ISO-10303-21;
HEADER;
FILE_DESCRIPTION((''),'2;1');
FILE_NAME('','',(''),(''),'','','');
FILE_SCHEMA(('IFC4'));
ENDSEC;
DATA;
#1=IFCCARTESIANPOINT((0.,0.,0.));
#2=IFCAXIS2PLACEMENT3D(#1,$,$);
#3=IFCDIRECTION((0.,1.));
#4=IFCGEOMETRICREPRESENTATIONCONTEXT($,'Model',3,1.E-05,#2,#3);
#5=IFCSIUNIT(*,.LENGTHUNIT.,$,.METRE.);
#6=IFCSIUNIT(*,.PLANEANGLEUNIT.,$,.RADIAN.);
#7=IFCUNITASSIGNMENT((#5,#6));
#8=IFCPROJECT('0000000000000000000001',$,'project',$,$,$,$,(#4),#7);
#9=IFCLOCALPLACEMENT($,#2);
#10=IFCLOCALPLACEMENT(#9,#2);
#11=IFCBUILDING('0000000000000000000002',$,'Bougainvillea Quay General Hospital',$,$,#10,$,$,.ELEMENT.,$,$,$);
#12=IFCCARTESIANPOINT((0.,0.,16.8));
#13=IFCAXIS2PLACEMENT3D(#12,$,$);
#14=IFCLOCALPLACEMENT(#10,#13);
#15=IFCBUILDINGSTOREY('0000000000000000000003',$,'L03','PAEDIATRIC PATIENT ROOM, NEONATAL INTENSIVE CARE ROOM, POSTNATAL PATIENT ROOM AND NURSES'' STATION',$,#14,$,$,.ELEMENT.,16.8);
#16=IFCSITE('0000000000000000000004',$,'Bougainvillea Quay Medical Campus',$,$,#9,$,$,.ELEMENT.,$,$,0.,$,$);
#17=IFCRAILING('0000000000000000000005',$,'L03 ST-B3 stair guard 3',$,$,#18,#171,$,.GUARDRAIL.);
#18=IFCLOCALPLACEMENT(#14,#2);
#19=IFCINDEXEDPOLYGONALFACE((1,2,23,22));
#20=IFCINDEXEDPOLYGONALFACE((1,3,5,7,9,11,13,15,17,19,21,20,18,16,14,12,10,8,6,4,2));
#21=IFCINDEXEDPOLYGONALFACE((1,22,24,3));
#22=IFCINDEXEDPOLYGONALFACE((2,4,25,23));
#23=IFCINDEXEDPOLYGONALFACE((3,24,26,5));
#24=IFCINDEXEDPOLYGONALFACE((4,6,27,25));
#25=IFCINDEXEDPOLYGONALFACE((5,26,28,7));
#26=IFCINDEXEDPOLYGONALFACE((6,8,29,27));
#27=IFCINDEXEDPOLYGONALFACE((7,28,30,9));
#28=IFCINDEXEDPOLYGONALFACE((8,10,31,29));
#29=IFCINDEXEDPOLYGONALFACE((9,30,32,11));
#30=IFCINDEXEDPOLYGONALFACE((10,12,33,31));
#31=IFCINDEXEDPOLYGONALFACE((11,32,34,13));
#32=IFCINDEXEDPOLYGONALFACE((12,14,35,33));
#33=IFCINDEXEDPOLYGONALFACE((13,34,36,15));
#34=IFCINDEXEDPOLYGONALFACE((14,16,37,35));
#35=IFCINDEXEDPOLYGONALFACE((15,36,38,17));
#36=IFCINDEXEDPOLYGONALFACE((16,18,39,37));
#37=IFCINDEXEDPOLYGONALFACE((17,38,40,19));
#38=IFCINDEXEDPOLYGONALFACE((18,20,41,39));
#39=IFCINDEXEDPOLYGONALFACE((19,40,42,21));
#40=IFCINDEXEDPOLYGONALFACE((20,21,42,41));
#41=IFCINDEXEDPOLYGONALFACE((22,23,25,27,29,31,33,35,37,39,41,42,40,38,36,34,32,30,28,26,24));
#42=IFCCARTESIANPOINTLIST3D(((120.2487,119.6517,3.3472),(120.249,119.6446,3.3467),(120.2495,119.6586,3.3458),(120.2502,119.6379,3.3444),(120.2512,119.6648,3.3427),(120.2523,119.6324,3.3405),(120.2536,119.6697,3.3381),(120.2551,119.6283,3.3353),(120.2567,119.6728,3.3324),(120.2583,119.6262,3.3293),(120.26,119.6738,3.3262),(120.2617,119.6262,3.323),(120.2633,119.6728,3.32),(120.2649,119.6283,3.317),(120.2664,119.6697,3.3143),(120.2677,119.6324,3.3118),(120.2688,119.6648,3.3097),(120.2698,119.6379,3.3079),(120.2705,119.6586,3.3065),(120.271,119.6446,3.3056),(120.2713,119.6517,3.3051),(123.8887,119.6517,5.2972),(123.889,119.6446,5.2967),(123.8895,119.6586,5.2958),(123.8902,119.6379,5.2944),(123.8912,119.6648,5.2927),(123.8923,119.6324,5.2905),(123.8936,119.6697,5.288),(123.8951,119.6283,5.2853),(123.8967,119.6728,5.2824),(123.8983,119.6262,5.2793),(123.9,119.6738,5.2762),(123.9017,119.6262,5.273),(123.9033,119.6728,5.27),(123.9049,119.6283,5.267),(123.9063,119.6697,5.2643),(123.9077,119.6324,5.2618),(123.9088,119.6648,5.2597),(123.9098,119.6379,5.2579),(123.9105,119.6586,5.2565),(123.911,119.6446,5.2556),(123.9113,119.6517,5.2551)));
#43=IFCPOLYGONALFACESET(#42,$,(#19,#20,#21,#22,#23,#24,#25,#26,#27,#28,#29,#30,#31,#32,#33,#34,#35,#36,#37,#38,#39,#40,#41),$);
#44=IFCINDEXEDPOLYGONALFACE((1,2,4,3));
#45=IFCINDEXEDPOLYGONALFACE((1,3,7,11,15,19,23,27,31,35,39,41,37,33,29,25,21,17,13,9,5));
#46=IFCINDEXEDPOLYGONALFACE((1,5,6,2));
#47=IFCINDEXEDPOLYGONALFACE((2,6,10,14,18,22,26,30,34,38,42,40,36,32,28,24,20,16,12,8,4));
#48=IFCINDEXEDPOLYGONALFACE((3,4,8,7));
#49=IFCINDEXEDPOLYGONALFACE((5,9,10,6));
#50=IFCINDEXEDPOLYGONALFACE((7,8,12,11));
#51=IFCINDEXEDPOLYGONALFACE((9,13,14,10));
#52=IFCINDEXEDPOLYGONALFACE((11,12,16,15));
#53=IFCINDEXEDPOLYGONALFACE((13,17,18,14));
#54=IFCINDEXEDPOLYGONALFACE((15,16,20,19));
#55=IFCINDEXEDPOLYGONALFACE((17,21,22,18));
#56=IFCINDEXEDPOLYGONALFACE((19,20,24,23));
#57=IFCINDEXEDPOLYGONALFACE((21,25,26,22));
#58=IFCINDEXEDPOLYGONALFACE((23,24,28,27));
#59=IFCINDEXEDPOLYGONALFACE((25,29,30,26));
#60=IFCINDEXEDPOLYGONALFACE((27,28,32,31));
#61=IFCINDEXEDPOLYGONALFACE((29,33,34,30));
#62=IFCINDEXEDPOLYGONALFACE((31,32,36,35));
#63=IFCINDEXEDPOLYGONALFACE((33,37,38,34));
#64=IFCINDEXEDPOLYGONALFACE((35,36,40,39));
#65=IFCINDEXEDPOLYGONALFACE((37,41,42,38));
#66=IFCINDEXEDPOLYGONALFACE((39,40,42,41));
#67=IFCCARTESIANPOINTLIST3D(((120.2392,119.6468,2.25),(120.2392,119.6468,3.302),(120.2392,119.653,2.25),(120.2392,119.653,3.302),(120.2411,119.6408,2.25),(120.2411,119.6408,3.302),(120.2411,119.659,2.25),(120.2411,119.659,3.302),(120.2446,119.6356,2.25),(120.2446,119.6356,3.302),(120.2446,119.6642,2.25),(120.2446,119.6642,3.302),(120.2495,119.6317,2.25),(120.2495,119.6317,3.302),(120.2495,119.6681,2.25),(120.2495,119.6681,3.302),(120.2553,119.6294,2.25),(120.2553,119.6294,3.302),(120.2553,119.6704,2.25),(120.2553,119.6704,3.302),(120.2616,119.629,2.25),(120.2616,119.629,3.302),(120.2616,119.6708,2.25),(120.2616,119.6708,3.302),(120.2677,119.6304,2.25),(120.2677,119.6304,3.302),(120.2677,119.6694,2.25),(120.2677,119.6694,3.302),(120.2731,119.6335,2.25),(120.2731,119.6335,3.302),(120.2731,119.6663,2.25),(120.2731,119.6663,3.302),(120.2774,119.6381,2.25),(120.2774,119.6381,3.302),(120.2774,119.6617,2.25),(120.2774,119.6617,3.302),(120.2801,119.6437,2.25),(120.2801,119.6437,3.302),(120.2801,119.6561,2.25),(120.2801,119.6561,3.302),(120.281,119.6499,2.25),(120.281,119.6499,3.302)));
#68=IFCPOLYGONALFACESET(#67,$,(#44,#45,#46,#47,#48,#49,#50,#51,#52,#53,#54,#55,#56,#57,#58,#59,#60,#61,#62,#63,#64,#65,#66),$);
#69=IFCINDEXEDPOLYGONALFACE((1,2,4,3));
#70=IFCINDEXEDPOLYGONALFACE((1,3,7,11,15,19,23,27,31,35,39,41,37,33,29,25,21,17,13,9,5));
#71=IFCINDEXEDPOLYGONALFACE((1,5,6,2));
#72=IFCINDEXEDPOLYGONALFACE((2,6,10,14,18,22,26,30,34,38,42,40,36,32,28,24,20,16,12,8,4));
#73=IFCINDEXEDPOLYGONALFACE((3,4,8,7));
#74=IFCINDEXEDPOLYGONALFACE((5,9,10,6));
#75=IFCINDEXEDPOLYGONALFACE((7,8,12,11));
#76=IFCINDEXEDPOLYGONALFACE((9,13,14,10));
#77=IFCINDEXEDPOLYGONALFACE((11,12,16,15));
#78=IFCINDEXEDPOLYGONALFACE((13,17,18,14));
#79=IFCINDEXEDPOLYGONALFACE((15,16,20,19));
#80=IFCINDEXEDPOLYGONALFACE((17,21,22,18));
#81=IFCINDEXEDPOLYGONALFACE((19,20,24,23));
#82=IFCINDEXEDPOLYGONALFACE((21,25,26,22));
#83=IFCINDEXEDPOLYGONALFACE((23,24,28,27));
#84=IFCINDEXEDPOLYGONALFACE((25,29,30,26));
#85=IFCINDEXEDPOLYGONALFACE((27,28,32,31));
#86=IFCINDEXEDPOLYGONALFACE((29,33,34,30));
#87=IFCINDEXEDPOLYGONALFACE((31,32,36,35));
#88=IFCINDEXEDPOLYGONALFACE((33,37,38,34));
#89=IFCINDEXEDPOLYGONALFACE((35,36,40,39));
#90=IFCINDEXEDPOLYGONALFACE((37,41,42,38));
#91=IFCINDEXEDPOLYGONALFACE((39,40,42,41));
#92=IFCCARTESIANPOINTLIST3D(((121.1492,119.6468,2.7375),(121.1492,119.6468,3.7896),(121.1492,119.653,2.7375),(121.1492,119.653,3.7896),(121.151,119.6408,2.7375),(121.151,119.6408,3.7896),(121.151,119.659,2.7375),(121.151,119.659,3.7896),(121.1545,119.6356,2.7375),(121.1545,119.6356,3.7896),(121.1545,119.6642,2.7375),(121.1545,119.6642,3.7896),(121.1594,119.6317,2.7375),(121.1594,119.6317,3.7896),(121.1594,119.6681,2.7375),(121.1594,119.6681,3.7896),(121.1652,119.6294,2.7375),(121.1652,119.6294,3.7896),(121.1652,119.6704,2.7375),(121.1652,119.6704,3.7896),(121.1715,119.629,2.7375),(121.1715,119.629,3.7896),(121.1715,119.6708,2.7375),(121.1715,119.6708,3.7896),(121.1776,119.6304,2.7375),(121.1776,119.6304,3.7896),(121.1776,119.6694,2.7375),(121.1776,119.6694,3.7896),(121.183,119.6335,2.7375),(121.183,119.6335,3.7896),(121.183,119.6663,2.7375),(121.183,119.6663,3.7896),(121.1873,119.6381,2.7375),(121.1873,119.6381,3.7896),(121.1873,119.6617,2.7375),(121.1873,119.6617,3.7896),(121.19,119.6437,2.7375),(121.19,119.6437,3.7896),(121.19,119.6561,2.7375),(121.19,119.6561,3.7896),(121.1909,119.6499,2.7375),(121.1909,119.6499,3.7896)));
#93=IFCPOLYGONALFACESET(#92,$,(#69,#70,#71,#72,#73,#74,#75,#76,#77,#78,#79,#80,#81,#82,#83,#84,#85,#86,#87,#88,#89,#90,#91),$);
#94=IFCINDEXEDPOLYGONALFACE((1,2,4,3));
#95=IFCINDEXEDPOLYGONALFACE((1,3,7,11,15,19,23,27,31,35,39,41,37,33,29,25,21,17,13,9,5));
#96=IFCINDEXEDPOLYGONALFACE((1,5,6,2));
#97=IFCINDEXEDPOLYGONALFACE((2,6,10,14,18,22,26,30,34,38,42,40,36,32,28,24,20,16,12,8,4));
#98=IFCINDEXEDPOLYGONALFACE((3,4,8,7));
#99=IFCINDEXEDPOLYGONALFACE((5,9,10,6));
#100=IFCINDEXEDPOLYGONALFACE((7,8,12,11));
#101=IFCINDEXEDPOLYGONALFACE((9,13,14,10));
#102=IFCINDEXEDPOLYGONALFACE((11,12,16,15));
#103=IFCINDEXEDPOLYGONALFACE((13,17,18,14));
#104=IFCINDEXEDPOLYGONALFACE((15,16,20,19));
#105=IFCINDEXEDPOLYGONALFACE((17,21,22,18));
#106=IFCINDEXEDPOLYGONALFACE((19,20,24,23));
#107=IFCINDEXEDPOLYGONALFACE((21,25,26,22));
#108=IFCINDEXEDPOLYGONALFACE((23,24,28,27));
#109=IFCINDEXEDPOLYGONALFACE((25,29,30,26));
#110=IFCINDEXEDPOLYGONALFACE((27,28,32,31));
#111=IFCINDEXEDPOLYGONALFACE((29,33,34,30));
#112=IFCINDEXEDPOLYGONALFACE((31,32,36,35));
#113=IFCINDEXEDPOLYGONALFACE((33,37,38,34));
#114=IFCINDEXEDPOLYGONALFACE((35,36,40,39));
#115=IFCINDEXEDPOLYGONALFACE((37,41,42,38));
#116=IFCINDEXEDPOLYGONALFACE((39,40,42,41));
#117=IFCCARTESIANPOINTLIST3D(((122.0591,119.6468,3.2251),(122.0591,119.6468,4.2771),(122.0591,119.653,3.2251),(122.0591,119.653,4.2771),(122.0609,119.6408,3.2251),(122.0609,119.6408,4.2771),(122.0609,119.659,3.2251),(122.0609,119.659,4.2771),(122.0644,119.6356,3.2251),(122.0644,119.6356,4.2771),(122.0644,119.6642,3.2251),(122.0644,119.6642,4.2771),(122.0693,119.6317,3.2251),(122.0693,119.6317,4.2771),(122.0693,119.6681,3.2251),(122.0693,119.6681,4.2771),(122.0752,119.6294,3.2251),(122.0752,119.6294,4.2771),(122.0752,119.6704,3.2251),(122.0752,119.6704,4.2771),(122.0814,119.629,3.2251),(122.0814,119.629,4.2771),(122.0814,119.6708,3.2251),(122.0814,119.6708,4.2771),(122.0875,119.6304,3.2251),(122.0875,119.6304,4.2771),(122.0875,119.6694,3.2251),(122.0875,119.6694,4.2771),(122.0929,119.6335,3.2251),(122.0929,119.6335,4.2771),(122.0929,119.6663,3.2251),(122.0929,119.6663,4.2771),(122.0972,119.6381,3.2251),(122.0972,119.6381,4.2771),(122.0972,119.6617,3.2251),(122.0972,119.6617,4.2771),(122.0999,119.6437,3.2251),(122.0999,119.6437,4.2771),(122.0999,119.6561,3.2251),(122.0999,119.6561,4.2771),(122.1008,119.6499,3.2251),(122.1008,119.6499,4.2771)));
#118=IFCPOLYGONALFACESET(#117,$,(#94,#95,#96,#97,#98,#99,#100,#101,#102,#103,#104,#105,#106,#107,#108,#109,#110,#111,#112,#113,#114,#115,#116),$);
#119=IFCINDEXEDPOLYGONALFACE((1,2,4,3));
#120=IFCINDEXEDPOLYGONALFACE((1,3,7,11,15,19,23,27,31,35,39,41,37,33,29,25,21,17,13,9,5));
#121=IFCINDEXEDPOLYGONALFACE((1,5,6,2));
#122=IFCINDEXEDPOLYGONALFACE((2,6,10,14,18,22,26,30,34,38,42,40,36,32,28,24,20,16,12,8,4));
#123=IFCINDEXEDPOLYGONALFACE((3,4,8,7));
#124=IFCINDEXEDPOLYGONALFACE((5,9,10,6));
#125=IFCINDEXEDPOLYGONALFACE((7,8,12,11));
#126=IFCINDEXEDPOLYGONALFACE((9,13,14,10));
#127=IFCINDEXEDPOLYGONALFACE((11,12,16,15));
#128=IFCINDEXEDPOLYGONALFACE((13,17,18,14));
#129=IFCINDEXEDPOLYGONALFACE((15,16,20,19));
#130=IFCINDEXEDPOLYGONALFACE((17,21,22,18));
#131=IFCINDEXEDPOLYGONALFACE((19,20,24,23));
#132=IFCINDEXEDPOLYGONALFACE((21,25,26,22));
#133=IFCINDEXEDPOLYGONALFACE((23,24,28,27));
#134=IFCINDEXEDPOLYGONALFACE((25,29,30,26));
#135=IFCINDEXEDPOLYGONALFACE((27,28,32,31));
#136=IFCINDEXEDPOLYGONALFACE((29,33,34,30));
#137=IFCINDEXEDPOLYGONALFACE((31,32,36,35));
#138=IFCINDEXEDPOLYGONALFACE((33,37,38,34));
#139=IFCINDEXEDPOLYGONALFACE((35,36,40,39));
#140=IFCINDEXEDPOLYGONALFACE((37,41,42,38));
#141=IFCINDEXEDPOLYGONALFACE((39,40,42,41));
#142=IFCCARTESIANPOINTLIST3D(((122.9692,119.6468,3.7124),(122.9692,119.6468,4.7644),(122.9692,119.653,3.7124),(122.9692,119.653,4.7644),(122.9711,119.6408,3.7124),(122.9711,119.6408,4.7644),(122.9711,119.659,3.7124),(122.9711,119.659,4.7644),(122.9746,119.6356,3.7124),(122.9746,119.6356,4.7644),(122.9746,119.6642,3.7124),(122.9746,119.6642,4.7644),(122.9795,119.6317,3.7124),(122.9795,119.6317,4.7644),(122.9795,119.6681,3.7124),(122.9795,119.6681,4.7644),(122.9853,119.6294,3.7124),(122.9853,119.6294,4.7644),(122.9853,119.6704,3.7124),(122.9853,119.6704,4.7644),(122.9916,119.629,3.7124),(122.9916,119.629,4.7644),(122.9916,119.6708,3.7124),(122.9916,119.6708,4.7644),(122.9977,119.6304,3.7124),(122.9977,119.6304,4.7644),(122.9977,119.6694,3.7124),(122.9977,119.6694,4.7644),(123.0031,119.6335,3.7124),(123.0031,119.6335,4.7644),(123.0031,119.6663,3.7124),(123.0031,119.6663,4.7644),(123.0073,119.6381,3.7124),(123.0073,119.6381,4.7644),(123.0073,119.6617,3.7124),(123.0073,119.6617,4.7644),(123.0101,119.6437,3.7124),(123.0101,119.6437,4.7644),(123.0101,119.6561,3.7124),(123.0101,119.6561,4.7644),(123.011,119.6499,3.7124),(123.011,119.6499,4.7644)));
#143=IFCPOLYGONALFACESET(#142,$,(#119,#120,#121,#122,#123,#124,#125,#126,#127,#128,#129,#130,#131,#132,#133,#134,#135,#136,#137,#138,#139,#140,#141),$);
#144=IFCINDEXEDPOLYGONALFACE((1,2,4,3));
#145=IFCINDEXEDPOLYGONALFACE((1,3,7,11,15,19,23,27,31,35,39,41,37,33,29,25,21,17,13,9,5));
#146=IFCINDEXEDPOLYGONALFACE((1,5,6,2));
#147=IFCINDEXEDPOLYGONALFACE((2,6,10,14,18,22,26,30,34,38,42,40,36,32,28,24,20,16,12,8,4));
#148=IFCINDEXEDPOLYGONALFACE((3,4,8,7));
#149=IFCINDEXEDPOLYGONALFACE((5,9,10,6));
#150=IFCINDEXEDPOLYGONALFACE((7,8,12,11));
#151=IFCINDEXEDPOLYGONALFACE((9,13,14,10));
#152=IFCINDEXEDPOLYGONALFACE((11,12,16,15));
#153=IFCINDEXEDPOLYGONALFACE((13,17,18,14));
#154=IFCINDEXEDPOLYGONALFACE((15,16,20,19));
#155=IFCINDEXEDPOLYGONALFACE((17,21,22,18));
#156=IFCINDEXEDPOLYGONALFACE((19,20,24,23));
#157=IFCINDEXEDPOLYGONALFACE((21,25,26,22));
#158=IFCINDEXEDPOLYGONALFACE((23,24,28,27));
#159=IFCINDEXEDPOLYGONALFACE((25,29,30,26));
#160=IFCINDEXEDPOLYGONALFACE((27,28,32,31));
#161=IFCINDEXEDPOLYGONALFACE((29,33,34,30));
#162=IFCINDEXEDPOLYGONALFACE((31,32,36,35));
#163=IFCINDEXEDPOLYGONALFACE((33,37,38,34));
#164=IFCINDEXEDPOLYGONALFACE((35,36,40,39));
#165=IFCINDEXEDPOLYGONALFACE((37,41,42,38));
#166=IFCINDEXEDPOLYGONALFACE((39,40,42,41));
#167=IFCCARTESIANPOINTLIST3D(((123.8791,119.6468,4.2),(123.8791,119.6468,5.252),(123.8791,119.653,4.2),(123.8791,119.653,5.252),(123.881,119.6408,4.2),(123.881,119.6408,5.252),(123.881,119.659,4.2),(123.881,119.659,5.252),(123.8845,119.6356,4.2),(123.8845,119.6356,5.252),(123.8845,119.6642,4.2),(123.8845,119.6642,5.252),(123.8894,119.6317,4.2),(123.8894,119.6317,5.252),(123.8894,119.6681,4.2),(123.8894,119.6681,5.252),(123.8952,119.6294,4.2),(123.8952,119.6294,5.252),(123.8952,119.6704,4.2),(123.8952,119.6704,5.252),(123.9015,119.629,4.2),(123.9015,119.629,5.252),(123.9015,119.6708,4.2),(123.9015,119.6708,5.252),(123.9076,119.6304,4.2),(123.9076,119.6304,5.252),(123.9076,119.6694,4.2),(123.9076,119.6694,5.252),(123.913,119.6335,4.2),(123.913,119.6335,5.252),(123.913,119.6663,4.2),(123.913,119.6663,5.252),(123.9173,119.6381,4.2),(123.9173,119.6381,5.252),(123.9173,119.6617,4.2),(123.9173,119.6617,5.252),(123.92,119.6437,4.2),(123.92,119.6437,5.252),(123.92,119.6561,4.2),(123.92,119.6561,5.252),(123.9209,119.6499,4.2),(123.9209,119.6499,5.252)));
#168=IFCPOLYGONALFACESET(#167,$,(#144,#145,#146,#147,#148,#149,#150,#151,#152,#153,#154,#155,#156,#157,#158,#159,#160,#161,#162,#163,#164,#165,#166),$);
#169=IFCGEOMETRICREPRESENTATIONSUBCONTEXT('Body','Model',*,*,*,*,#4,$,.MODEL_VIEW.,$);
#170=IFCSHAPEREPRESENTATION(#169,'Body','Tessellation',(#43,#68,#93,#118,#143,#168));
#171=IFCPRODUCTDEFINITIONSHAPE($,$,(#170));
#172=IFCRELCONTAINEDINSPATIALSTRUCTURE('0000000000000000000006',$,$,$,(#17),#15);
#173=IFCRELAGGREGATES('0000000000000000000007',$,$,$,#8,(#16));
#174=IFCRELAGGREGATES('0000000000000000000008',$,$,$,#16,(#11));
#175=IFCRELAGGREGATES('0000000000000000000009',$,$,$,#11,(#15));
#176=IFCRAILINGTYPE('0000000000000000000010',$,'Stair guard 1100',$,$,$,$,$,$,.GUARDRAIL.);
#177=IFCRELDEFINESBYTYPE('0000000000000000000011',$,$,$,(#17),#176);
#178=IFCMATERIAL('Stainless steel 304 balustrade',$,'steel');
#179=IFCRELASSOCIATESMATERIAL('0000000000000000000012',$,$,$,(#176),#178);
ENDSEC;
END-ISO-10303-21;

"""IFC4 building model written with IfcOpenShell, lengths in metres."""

from ifc_helpers import new_model, si_unit, direction, frame, origin, origin_2d, place, context, subcontext, project, spatial, circle, extrude, material, type_object, element, save


model = new_model("IFC4")

# Units and contexts
model_context = context("Model", 3, precision=1e-05, world=origin(), true_north=direction((0.0, 1.0)))
body_context = subcontext(model_context, "Body", "Model", "MODEL_VIEW")
ifc_project = project(units=[si_unit("LENGTHUNIT", "METRE"), si_unit("PLANEANGLEUNIT", "RADIAN")], contexts=[model_context])

# Site, building, storey
site_placement = place(None, origin())
site = spatial("IfcSite", under=ifc_project, at=site_placement, Name="Bougainvillea Quay Medical Campus", CompositionType="ELEMENT", RefElevation=0.0)
building_placement = place(site_placement, origin())
building = spatial("IfcBuilding", under=site, at=building_placement, Name="Bougainvillea Quay General Hospital", CompositionType="ELEMENT")
storey_placement = place(building_placement, frame((0.0, 0.0, 16.8)))
storey = spatial("IfcBuildingStorey", under=building, at=storey_placement, Name="L03", Description="PAEDIATRIC PATIENT ROOM, NEONATAL INTENSIVE CARE ROOM, POSTNATAL PATIENT ROOM AND NURSES' STATION", CompositionType="ELEMENT", Elevation=16.8)

# Railing
ifc_material_1 = material(Name="Stainless steel 304 balustrade", Category="steel")
railing_type_1 = type_object("IfcRailingType", Name="Stair guard 1100", PredefinedType="GUARDRAIL", material=ifc_material_1)
railing_1_placement = place(storey_placement, frame((120.26, 119.6499, 2.25)))
element("IfcRailing", 1, at=railing_1_placement, inside=storey, type_object=railing_type_1, Name="L03 ST-B3 stair guard 3", PredefinedType="GUARDRAIL", context=body_context, shape_type="SweptSolid", body=[
    extrude(circle(Radius=0.0239, at=origin_2d()), frame((0.0, 0.0, 1.0762), z_axis=(0.881479, 0.0, 0.472223), x_axis=(0.0, 1.0, 0.0)), (0.0, 0.0, 1.0), 4.1294),
    extrude(circle(Radius=0.021, at=origin_2d()), origin(), (0.0, 0.0, 1.0), 1.052),
    extrude(circle(Radius=0.021, at=origin_2d()), frame((0.9099, 0.0, 0.4875)), (0.0, 0.0, 1.0), 1.052),
    extrude(circle(Radius=0.021, at=origin_2d()), frame((1.8198, 0.0, 0.9751)), (0.0, 0.0, 1.0), 1.052),
    extrude(circle(Radius=0.021, at=origin_2d()), frame((2.73, 0.0, 1.4624)), (0.0, 0.0, 1.0), 1.052),
    extrude(circle(Radius=0.021, at=origin_2d()), frame((3.6399, 0.0, 1.95)), (0.0, 0.0, 1.0), 1.052),
])

save(model, "model.ifc")
